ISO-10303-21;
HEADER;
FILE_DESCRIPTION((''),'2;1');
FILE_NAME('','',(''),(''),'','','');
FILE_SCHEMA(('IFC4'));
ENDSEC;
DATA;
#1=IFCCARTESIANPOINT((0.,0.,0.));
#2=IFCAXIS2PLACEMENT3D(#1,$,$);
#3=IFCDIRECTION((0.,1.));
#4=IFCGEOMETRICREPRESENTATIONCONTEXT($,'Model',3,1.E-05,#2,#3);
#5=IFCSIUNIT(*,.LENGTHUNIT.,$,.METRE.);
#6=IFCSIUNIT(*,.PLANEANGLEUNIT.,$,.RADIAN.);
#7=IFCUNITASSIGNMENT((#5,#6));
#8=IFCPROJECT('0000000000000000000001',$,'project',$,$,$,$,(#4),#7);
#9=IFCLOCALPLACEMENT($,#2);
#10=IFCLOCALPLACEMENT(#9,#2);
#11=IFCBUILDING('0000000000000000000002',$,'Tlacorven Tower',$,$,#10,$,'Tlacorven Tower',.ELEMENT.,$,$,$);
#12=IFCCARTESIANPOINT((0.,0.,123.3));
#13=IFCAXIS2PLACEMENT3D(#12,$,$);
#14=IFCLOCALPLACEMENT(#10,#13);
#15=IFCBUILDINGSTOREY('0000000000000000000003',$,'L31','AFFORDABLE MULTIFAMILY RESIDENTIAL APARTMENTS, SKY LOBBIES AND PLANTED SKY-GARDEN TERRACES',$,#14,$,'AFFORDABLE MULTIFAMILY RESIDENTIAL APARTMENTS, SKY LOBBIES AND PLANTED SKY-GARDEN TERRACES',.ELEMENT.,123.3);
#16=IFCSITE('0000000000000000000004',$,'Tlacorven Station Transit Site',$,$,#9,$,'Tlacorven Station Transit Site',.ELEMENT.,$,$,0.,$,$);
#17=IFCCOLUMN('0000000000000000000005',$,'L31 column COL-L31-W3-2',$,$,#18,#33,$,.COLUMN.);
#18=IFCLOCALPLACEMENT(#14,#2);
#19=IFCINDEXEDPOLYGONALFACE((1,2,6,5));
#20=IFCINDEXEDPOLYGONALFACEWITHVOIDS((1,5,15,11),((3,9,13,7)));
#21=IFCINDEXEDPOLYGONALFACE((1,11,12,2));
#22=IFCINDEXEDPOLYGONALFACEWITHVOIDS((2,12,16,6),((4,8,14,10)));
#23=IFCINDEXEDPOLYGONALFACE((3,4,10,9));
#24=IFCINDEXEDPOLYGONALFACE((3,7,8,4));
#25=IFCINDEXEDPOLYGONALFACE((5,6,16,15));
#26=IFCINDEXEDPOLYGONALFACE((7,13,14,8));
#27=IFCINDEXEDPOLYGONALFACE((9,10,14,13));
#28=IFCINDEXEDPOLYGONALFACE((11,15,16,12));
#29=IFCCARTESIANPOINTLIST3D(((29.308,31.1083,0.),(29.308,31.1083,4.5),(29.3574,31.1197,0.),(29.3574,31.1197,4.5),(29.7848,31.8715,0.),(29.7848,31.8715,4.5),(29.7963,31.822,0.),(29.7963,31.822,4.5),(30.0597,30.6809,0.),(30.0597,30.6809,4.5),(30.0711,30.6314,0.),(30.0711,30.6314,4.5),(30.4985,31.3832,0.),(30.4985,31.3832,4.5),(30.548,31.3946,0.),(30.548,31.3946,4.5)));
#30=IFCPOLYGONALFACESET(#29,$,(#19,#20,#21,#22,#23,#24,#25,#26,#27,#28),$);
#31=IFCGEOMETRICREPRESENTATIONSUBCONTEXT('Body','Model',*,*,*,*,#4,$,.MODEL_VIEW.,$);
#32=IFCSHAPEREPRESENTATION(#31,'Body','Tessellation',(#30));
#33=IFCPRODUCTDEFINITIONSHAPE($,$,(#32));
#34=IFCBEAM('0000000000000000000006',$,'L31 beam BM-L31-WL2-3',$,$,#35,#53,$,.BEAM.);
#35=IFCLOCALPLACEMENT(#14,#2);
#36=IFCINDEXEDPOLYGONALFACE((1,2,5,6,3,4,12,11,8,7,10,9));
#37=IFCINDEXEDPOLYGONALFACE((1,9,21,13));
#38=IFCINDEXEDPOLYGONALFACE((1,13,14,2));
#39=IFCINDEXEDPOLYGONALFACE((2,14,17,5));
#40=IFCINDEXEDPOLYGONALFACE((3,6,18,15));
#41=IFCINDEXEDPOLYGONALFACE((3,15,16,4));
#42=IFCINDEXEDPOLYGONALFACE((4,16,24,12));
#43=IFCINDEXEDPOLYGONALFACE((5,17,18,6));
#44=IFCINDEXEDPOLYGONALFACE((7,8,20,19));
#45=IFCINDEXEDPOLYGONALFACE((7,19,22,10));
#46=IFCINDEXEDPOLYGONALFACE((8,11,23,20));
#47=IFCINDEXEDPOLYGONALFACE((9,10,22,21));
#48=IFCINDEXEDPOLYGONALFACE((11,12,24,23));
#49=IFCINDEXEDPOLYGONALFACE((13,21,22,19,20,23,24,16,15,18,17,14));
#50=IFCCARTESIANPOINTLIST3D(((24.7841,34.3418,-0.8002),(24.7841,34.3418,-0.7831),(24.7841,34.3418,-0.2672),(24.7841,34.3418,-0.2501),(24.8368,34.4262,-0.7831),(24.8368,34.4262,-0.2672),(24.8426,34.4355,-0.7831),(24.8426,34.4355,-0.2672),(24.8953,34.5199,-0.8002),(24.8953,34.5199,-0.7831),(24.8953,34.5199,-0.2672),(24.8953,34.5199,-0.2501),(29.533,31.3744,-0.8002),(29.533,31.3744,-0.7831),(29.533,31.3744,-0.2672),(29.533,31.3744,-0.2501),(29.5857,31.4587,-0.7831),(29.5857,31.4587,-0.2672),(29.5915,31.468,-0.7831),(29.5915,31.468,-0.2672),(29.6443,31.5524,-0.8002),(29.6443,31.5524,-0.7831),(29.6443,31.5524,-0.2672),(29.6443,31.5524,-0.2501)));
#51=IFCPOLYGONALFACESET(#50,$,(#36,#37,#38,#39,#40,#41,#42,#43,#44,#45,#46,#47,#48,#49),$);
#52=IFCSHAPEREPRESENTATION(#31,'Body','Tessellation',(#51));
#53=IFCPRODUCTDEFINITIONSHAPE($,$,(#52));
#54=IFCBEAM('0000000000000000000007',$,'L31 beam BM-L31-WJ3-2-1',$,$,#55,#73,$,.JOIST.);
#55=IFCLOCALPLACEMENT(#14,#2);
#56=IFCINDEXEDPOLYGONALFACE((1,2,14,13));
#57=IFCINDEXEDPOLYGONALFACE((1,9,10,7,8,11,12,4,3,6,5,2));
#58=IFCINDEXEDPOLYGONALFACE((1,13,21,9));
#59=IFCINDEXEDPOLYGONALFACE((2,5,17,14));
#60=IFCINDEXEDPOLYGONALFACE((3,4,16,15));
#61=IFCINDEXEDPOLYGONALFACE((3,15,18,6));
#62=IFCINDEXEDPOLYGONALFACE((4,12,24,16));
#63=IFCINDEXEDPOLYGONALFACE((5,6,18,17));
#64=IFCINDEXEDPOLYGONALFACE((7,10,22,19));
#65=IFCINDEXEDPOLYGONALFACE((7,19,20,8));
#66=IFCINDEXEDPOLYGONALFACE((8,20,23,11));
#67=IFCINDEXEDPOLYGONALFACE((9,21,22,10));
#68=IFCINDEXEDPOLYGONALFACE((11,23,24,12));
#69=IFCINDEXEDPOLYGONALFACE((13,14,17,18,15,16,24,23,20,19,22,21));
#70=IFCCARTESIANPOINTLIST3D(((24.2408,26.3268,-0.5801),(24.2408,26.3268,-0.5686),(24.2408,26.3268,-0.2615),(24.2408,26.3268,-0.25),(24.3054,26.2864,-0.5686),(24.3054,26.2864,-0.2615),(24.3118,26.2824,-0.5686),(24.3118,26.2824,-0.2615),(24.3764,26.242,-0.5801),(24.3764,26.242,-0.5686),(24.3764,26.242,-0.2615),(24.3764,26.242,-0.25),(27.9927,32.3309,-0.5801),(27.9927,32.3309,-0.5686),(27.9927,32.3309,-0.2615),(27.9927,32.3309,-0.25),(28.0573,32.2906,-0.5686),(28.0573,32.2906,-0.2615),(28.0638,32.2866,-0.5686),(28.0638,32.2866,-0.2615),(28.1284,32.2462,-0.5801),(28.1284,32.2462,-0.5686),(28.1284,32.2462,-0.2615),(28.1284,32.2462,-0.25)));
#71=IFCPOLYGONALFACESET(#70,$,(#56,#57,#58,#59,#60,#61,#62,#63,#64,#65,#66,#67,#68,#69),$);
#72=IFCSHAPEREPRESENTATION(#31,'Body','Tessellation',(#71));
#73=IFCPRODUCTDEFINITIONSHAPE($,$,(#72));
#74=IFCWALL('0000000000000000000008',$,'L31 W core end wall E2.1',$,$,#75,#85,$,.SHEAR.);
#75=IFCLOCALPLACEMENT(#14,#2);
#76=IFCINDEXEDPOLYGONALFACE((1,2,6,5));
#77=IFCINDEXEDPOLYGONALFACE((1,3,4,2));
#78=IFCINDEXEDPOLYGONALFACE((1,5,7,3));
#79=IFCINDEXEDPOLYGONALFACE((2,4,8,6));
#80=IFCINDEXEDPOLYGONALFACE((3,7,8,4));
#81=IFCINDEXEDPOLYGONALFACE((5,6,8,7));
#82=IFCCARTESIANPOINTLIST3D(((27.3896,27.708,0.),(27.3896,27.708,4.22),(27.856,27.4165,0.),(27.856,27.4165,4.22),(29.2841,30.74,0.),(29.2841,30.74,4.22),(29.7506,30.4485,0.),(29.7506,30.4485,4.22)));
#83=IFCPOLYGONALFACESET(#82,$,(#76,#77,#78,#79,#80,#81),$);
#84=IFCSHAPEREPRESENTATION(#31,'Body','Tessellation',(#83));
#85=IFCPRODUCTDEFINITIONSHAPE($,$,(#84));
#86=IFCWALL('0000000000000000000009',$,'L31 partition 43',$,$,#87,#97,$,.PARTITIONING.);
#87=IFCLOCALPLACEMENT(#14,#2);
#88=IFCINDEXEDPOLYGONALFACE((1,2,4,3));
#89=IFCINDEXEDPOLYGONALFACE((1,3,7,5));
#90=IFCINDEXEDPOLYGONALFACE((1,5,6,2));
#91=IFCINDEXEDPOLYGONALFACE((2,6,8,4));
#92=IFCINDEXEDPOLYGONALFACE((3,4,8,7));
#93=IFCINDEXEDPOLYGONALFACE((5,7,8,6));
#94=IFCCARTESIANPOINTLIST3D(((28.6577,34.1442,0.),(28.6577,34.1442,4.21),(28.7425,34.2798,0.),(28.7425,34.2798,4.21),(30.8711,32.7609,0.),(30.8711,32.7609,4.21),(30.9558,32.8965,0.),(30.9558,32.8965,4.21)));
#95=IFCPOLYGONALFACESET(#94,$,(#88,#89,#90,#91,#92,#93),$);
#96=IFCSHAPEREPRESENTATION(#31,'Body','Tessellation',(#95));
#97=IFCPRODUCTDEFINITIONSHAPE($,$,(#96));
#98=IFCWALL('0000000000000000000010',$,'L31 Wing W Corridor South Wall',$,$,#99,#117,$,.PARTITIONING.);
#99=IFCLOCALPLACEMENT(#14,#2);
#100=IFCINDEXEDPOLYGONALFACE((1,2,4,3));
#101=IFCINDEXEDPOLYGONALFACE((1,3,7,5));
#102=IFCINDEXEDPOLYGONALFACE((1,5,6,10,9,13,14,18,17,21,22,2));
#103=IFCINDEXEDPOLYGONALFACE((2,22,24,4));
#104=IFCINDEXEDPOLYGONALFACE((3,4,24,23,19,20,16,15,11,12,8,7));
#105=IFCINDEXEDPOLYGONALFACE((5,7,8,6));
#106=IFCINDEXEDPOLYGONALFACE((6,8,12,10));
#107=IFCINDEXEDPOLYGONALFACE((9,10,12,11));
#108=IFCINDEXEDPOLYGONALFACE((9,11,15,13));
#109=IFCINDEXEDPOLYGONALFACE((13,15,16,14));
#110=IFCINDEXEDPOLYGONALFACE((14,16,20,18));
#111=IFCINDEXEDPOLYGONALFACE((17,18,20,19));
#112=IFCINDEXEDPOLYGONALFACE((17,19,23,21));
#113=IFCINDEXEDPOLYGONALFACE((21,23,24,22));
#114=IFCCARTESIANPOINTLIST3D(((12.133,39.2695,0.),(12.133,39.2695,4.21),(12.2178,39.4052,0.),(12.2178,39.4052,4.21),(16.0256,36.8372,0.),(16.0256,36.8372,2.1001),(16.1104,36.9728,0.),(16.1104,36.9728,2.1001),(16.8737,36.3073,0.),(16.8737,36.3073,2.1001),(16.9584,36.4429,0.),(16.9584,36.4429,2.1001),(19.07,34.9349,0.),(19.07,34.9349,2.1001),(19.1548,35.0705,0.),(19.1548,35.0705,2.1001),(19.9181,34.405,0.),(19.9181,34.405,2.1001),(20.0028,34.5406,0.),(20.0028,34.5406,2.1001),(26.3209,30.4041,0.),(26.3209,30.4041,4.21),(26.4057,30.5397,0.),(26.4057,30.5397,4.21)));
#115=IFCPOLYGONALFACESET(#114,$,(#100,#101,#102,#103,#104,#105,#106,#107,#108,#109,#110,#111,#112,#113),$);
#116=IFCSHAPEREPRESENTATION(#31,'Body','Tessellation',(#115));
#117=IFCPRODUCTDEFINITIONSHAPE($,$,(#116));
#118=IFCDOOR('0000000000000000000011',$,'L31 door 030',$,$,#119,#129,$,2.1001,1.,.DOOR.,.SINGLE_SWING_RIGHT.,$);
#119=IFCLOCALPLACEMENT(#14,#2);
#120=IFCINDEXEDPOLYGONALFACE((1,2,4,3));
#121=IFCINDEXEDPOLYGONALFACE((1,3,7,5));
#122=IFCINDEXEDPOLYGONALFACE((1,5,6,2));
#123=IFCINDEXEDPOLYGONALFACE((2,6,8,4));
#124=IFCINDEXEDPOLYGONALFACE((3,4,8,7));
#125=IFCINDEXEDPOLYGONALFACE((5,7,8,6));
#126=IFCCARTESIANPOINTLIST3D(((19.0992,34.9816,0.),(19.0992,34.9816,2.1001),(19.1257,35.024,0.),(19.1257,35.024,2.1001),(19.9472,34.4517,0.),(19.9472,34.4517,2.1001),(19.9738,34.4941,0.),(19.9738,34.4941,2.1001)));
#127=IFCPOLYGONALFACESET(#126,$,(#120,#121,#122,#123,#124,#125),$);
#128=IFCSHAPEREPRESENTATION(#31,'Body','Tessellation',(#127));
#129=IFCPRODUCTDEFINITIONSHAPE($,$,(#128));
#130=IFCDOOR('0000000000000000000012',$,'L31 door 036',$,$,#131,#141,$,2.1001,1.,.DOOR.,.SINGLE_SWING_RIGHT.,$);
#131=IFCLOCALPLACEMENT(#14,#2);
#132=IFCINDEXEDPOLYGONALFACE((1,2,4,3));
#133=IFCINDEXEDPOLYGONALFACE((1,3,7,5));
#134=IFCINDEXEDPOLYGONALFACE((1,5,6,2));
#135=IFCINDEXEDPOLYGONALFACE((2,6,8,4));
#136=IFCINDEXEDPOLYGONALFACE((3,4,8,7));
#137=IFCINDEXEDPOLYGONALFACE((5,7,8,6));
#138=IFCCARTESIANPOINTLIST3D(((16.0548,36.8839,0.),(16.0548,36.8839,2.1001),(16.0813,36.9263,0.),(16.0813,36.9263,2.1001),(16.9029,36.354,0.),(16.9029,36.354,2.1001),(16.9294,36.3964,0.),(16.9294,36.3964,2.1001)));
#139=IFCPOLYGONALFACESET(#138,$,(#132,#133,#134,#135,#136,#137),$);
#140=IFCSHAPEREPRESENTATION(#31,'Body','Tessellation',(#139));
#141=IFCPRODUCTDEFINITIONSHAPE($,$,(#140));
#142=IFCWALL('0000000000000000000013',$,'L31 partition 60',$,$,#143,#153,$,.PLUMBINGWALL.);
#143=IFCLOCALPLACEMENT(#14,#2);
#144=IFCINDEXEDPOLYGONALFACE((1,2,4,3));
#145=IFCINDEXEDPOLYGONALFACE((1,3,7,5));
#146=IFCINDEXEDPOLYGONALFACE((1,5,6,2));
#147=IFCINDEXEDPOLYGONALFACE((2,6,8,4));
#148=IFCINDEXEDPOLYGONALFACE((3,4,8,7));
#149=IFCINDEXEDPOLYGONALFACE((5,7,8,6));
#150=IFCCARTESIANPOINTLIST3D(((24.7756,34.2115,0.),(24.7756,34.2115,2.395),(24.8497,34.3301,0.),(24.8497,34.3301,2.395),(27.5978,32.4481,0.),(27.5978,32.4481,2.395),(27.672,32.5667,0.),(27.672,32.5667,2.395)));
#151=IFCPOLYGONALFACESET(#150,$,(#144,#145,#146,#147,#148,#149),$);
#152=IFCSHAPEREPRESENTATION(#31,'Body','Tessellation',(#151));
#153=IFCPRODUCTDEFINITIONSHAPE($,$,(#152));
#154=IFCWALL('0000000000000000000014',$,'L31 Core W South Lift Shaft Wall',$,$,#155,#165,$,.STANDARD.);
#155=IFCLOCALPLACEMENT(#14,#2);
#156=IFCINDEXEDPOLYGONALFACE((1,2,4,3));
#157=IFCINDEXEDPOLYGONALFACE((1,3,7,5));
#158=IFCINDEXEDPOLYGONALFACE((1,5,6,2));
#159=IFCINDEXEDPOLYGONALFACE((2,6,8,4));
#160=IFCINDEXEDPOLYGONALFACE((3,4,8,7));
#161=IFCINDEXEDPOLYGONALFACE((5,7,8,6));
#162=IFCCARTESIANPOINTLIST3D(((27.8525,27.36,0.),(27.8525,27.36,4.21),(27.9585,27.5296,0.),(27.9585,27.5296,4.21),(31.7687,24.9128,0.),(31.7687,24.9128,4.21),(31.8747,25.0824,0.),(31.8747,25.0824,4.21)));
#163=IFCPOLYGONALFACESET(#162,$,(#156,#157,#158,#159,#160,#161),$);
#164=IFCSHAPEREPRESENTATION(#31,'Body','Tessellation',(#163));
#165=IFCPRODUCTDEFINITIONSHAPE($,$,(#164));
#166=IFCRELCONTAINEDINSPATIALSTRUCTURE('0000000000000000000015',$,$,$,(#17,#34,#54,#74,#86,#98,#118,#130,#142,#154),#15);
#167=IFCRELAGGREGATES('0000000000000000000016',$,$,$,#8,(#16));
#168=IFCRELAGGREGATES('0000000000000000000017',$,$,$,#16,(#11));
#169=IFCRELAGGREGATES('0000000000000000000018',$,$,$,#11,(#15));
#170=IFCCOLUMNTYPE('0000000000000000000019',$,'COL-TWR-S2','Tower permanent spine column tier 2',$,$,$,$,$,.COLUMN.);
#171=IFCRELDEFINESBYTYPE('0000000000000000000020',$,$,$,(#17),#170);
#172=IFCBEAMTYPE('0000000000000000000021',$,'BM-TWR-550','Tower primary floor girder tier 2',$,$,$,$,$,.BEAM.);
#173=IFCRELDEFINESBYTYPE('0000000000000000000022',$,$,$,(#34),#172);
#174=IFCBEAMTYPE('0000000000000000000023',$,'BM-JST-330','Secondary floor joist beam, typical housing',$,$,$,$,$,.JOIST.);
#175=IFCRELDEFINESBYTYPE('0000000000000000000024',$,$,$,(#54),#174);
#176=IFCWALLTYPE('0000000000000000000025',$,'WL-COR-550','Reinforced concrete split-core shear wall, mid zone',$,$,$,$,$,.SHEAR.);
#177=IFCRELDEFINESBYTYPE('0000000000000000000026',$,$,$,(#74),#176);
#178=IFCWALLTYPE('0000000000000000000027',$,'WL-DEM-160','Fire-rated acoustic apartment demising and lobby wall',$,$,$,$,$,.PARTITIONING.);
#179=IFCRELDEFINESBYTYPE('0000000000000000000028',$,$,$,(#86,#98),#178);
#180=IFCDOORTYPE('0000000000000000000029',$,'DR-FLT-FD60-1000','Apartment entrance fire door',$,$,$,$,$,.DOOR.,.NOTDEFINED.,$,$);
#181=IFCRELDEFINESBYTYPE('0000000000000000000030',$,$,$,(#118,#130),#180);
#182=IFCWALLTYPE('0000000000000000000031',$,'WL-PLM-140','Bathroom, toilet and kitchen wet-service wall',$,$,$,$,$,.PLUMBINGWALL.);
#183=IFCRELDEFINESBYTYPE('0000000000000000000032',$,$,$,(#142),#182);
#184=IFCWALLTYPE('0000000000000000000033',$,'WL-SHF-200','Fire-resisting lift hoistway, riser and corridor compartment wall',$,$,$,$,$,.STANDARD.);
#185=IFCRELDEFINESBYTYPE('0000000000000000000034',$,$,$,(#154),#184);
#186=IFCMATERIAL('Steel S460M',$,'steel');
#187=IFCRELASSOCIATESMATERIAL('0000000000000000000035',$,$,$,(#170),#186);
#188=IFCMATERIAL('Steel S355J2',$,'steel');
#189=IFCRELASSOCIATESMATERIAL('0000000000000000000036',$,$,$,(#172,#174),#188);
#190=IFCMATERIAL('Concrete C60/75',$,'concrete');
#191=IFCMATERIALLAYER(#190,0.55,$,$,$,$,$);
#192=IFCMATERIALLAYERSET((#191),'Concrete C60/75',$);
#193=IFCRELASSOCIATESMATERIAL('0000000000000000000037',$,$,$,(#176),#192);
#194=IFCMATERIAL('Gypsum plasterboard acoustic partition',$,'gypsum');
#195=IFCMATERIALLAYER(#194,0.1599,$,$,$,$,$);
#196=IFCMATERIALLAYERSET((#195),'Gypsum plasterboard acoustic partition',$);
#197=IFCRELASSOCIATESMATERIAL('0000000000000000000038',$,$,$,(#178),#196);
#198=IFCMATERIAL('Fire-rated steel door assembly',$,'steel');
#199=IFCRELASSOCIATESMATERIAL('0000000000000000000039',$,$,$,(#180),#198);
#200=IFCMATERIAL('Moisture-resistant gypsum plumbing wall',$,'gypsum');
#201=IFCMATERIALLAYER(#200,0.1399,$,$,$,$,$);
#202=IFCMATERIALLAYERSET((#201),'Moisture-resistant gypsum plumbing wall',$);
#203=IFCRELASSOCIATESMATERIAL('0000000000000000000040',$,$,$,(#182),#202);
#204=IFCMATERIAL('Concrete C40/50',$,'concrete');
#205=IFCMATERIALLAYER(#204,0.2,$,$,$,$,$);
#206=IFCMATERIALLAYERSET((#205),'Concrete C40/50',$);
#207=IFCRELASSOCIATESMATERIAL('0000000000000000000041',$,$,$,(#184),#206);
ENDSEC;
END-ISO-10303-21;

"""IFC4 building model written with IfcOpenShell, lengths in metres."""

from ifc_helpers import new_model, si_unit, direction, frame, frame_2d, origin, origin_2d, place, context, subcontext, project, spatial, rectangle, hollow_rectangle, i_section, extrude, source, transform, mapped, material, layer, layer_set, material_profile, profile_set, type_object, element, fill, save


model = new_model("IFC4")

# Units and contexts
model_context = context("Model", 3, precision=1e-05, world=origin(), true_north=direction((0.0, 1.0)))
body_context = subcontext(model_context, "Body", "Model", "MODEL_VIEW")
ifc_project = project(units=[si_unit("LENGTHUNIT", "METRE"), si_unit("PLANEANGLEUNIT", "RADIAN")], contexts=[model_context])

# Site, building, storey
site_placement = place(None, origin())
site = spatial("IfcSite", under=ifc_project, at=site_placement, Name="Tlacorven Station Transit Site", LongName="Tlacorven Station Transit Site", CompositionType="ELEMENT", RefElevation=0.0)
building_placement = place(site_placement, origin())
building = spatial("IfcBuilding", under=site, at=building_placement, Name="Tlacorven Tower", LongName="Tlacorven Tower", CompositionType="ELEMENT")
storey_placement = place(building_placement, frame((0.0, 0.0, 123.3)))
storey = spatial("IfcBuildingStorey", under=building, at=storey_placement, Name="L31", Description="AFFORDABLE MULTIFAMILY RESIDENTIAL APARTMENTS, SKY LOBBIES AND PLANTED SKY-GARDEN TERRACES", LongName="AFFORDABLE MULTIFAMILY RESIDENTIAL APARTMENTS, SKY LOBBIES AND PLANTED SKY-GARDEN TERRACES", CompositionType="ELEMENT", Elevation=123.3)

# Column
ifc_material_1 = material(Name="Steel S460M", Category="steel")
ifc_material_profile_1 = material_profile(ifc_material_1, hollow_rectangle(XDim=0.8999, YDim=0.8999, WallThickness=0.0359, at=origin_2d()), Name="BOX 900X900X36")
ifc_profile_set_1 = profile_set([ifc_material_profile_1], Name="Steel S460M")
column_type = type_object("IfcColumnType", Name="COL-TWR-S2", Description="Tower permanent spine column tier 2", PredefinedType="COLUMN", material=ifc_profile_set_1)
shared_shape_1 = source(origin(), body_context, "Body", "SweptSolid", [
    extrude(hollow_rectangle(XDim=0.8999, YDim=0.8999, WallThickness=0.0359, at=origin_2d()), origin(), (0.0, 0.0, 1.0), 4.5),
])
column_placement = place(storey_placement, frame((29.928, 31.2515, 0.0), z_axis=(0.0, 0.0, 1.0), x_axis=(-0.848048, 0.529919, 0.0)))
element("IfcColumn", 1, at=column_placement, inside=storey, type_object=column_type, Name="L31 column COL-L31-W3-2", PredefinedType="COLUMN", context=body_context, shape_type="MappedRepresentation", body=[
    mapped(shared_shape_1, transform((0.0, 0.0, 0.0), scale=1.0)),
])

# Beams
ifc_material_2 = material(Name="Steel S355J2", Category="steel")
ifc_material_profile_2 = material_profile(ifc_material_2, i_section(OverallWidth=0.21, OverallDepth=0.55, WebThickness=0.011, FlangeThickness=0.0171, at=origin_2d()), Name="IPE 550")
ifc_profile_set_2 = profile_set([ifc_material_profile_2], Name="Steel S355J2")
beam_type_1 = type_object("IfcBeamType", Name="BM-TWR-550", Description="Tower primary floor girder tier 2", PredefinedType="BEAM", material=ifc_profile_set_2)
shared_shape_2 = source(origin(), body_context, "Body", "SweptSolid", [
    extrude(i_section(OverallWidth=0.21, OverallDepth=0.55, WebThickness=0.011, FlangeThickness=0.0171, at=origin_2d()), origin(), (0.0, 0.0, 1.0), 5.5999),
])
beam_1_placement = place(storey_placement, frame((29.5886, 31.4634, -0.5251), z_axis=(-0.848047, 0.529921, 0.0), x_axis=(-0.529921, -0.848047, 0.0)))
element("IfcBeam", 2, at=beam_1_placement, inside=storey, type_object=beam_type_1, Name="L31 beam BM-L31-WL2-3", PredefinedType="BEAM", context=body_context, shape_type="MappedRepresentation", body=[
    mapped(shared_shape_2, transform((0.0, 0.0, 0.0), scale=1.0)),
])
ifc_material_profile_3 = material_profile(ifc_material_2, i_section(OverallWidth=0.1599, OverallDepth=0.3301, WebThickness=0.0076, FlangeThickness=0.0115, at=origin_2d()), Name="IPE 330")
ifc_profile_set_3 = profile_set([ifc_material_profile_3], Name="Steel S355J2")
beam_type_2 = type_object("IfcBeamType", Name="BM-JST-330", Description="Secondary floor joist beam, typical housing", PredefinedType="JOIST", material=ifc_profile_set_3)
shared_shape_3 = source(origin(), body_context, "Body", "SweptSolid", [
    extrude(i_section(OverallWidth=0.1599, OverallDepth=0.3301, WebThickness=0.0076, FlangeThickness=0.0115, at=origin_2d()), origin(), (0.0, 0.0, 1.0), 7.0801),
])
beam_2_placement = place(storey_placement, frame((28.0605, 32.2886, -0.415), z_axis=(-0.529934, -0.848039, 0.0), x_axis=(0.848039, -0.529934, 0.0)))
element("IfcBeam", 3, at=beam_2_placement, inside=storey, type_object=beam_type_2, Name="L31 beam BM-L31-WJ3-2-1", PredefinedType="JOIST", context=body_context, shape_type="MappedRepresentation", body=[
    mapped(shared_shape_3, transform((0.0, 0.0, 0.0), scale=1.0)),
])

# Walls
ifc_material_3 = material(Name="Concrete C60/75", Category="concrete")
ifc_layer_1 = layer(ifc_material_3, 0.55)
ifc_layer_set_1 = layer_set([ifc_layer_1], Name="Concrete C60/75")
wall_type_1 = type_object("IfcWallType", Name="WL-COR-550", Description="Reinforced concrete split-core shear wall, mid zone", PredefinedType="SHEAR", material=ifc_layer_set_1)
wall_1_placement = place(storey_placement, frame((29.5173, 30.5942, 0.0), z_axis=(0.0, 0.0, 1.0), x_axis=(-0.529907, -0.848056, 0.0)))
element("IfcWall", 4, at=wall_1_placement, inside=storey, type_object=wall_type_1, Name="L31 W core end wall E2.1", PredefinedType="SHEAR", context=body_context, shape_type="SweptSolid", body=[
    extrude(rectangle(XDim=3.5752, YDim=0.55, at=frame_2d((1.7876, 0.0))), origin(), (0.0, 0.0, 1.0), 4.22),
])
ifc_material_4 = material(Name="Gypsum plasterboard acoustic partition", Category="gypsum")
ifc_layer_2 = layer(ifc_material_4, 0.1599)
ifc_layer_set_2 = layer_set([ifc_layer_2], Name="Gypsum plasterboard acoustic partition")
wall_type_2 = type_object("IfcWallType", Name="WL-DEM-160", Description="Fire-rated acoustic apartment demising and lobby wall", PredefinedType="PARTITIONING", material=ifc_layer_set_2)
wall_2_placement = place(storey_placement, frame((30.9136, 32.8286, 0.0), z_axis=(0.0, 0.0, 1.0), x_axis=(-0.848009, 0.529982, 0.0)))
element("IfcWall", 5, at=wall_2_placement, inside=storey, type_object=wall_type_2, Name="L31 partition 43", PredefinedType="PARTITIONING", context=body_context, shape_type="SweptSolid", body=[
    extrude(rectangle(XDim=2.6101, YDim=0.1599, at=frame_2d((1.3052, 0.0))), origin(), (0.0, 0.0, 1.0), 4.21),
])

# Wall, openings, doors
wall_3_placement = place(storey_placement, frame((26.3633, 30.4719, 0.0), z_axis=(0.0, 0.0, 1.0), x_axis=(-0.848052, 0.529912, 0.0)))
wall_3 = element("IfcWall", 6, at=wall_3_placement, inside=storey, type_object=wall_type_2, Name="L31 Wing W Corridor South Wall", PredefinedType="PARTITIONING", context=body_context, shape_type="SweptSolid", body=[
    extrude(rectangle(XDim=16.73, YDim=0.1599, at=frame_2d((8.365, 0.0))), origin(), (0.0, 0.0, 1.0), 4.21),
])
opening_1_placement = place(wall_3_placement, frame((7.55, 0.0, 0.0)))
opening_1 = element("IfcOpeningElement", 7, at=opening_1_placement, cuts=wall_3, PredefinedType="OPENING", context=body_context, shape_type="SweptSolid", body=[
    extrude(rectangle(XDim=1.0, YDim=2.1001, at=frame_2d((0.5, 1.05))), frame((0.0, 0.0898, 0.0), z_axis=(0.0, -1.0, 0.0), x_axis=(1.0, 0.0, 0.0)), (0.0, 0.0, 1.0), 0.1799),
])
opening_2_placement = place(wall_3_placement, frame((11.1399, 0.0, 0.0)))
opening_2 = element("IfcOpeningElement", 8, at=opening_2_placement, cuts=wall_3, PredefinedType="OPENING", context=body_context, shape_type="SweptSolid", body=[
    extrude(rectangle(XDim=1.0, YDim=2.1001, at=frame_2d((0.5, 1.05))), frame((0.0, 0.0898, 0.0), z_axis=(0.0, -1.0, 0.0), x_axis=(1.0, 0.0, 0.0)), (0.0, 0.0, 1.0), 0.1799),
])
ifc_material_5 = material(Name="Fire-rated steel door assembly", Category="steel")
door_type_1 = type_object("IfcDoorType", Name="DR-FLT-FD60-1000", Description="Apartment entrance fire door", OperationType="NOTDEFINED", PredefinedType="DOOR", material=ifc_material_5)
shared_shape_4 = source(origin(), body_context, "Body", "SweptSolid", [
    extrude(rectangle(XDim=1.0, YDim=2.1001, at=frame_2d((0.5, 1.05))), frame((0.0, 0.0249, 0.0), z_axis=(0.0, -1.0, 0.0), x_axis=(1.0, 0.0, 0.0)), (0.0, 0.0, 1.0), 0.05),
])
door_1_placement = place(opening_1_placement, origin())
door_1 = element("IfcDoor", 9, at=door_1_placement, inside=storey, type_object=door_type_1, Name="L31 door 030", OperationType="SINGLE_SWING_RIGHT", OverallHeight=2.1001, OverallWidth=1.0, PredefinedType="DOOR", context=body_context, shape_type="MappedRepresentation", body=[
    mapped(shared_shape_4, transform((0.0, 0.0, 0.0), scale=1.0)),
])
fill(opening_1, door_1)
door_2_placement = place(opening_2_placement, origin())
door_2 = element("IfcDoor", 10, at=door_2_placement, inside=storey, type_object=door_type_1, Name="L31 door 036", OperationType="SINGLE_SWING_RIGHT", OverallHeight=2.1001, OverallWidth=1.0, PredefinedType="DOOR", context=body_context, shape_type="MappedRepresentation", body=[
    mapped(shared_shape_4, transform((0.0, 0.0, 0.0), scale=1.0)),
])
fill(opening_2, door_2)

# Walls
ifc_material_6 = material(Name="Moisture-resistant gypsum plumbing wall", Category="gypsum")
ifc_layer_3 = layer(ifc_material_6, 0.1399)
ifc_layer_set_3 = layer_set([ifc_layer_3], Name="Moisture-resistant gypsum plumbing wall")
wall_type_3 = type_object("IfcWallType", Name="WL-PLM-140", Description="Bathroom, toilet and kitchen wet-service wall", PredefinedType="PLUMBINGWALL", material=ifc_layer_set_3)
wall_4_placement = place(storey_placement, frame((27.635, 32.5073, 0.0), z_axis=(0.0, 0.0, 1.0), x_axis=(-0.848064, 0.529893, 0.0)))
element("IfcWall", 11, at=wall_4_placement, inside=storey, type_object=wall_type_3, Name="L31 partition 60", PredefinedType="PLUMBINGWALL", context=body_context, shape_type="SweptSolid", body=[
    extrude(rectangle(XDim=3.3279, YDim=0.1399, at=frame_2d((1.6641, 0.0))), origin(), (0.0, 0.0, 1.0), 2.395),
])
ifc_material_7 = material(Name="Concrete C40/50", Category="concrete")
ifc_layer_4 = layer(ifc_material_7, 0.2)
ifc_layer_set_4 = layer_set([ifc_layer_4], Name="Concrete C40/50")
wall_type_4 = type_object("IfcWallType", Name="WL-SHF-200", Description="Fire-resisting lift hoistway, riser and corridor compartment wall", PredefinedType="STANDARD", material=ifc_layer_set_4)
wall_5_placement = place(storey_placement, frame((31.8218, 24.9976, 0.0), z_axis=(0.0, 0.0, 1.0), x_axis=(-0.848037, 0.529937, 0.0)))
element("IfcWall", 12, at=wall_5_placement, inside=storey, type_object=wall_type_4, Name="L31 Core W South Lift Shaft Wall", PredefinedType="STANDARD", context=body_context, shape_type="SweptSolid", body=[
    extrude(rectangle(XDim=4.6179, YDim=0.2, at=frame_2d((2.3091, 0.0))), origin(), (0.0, 0.0, 1.0), 4.21),
])

save(model, "model.ifc")
